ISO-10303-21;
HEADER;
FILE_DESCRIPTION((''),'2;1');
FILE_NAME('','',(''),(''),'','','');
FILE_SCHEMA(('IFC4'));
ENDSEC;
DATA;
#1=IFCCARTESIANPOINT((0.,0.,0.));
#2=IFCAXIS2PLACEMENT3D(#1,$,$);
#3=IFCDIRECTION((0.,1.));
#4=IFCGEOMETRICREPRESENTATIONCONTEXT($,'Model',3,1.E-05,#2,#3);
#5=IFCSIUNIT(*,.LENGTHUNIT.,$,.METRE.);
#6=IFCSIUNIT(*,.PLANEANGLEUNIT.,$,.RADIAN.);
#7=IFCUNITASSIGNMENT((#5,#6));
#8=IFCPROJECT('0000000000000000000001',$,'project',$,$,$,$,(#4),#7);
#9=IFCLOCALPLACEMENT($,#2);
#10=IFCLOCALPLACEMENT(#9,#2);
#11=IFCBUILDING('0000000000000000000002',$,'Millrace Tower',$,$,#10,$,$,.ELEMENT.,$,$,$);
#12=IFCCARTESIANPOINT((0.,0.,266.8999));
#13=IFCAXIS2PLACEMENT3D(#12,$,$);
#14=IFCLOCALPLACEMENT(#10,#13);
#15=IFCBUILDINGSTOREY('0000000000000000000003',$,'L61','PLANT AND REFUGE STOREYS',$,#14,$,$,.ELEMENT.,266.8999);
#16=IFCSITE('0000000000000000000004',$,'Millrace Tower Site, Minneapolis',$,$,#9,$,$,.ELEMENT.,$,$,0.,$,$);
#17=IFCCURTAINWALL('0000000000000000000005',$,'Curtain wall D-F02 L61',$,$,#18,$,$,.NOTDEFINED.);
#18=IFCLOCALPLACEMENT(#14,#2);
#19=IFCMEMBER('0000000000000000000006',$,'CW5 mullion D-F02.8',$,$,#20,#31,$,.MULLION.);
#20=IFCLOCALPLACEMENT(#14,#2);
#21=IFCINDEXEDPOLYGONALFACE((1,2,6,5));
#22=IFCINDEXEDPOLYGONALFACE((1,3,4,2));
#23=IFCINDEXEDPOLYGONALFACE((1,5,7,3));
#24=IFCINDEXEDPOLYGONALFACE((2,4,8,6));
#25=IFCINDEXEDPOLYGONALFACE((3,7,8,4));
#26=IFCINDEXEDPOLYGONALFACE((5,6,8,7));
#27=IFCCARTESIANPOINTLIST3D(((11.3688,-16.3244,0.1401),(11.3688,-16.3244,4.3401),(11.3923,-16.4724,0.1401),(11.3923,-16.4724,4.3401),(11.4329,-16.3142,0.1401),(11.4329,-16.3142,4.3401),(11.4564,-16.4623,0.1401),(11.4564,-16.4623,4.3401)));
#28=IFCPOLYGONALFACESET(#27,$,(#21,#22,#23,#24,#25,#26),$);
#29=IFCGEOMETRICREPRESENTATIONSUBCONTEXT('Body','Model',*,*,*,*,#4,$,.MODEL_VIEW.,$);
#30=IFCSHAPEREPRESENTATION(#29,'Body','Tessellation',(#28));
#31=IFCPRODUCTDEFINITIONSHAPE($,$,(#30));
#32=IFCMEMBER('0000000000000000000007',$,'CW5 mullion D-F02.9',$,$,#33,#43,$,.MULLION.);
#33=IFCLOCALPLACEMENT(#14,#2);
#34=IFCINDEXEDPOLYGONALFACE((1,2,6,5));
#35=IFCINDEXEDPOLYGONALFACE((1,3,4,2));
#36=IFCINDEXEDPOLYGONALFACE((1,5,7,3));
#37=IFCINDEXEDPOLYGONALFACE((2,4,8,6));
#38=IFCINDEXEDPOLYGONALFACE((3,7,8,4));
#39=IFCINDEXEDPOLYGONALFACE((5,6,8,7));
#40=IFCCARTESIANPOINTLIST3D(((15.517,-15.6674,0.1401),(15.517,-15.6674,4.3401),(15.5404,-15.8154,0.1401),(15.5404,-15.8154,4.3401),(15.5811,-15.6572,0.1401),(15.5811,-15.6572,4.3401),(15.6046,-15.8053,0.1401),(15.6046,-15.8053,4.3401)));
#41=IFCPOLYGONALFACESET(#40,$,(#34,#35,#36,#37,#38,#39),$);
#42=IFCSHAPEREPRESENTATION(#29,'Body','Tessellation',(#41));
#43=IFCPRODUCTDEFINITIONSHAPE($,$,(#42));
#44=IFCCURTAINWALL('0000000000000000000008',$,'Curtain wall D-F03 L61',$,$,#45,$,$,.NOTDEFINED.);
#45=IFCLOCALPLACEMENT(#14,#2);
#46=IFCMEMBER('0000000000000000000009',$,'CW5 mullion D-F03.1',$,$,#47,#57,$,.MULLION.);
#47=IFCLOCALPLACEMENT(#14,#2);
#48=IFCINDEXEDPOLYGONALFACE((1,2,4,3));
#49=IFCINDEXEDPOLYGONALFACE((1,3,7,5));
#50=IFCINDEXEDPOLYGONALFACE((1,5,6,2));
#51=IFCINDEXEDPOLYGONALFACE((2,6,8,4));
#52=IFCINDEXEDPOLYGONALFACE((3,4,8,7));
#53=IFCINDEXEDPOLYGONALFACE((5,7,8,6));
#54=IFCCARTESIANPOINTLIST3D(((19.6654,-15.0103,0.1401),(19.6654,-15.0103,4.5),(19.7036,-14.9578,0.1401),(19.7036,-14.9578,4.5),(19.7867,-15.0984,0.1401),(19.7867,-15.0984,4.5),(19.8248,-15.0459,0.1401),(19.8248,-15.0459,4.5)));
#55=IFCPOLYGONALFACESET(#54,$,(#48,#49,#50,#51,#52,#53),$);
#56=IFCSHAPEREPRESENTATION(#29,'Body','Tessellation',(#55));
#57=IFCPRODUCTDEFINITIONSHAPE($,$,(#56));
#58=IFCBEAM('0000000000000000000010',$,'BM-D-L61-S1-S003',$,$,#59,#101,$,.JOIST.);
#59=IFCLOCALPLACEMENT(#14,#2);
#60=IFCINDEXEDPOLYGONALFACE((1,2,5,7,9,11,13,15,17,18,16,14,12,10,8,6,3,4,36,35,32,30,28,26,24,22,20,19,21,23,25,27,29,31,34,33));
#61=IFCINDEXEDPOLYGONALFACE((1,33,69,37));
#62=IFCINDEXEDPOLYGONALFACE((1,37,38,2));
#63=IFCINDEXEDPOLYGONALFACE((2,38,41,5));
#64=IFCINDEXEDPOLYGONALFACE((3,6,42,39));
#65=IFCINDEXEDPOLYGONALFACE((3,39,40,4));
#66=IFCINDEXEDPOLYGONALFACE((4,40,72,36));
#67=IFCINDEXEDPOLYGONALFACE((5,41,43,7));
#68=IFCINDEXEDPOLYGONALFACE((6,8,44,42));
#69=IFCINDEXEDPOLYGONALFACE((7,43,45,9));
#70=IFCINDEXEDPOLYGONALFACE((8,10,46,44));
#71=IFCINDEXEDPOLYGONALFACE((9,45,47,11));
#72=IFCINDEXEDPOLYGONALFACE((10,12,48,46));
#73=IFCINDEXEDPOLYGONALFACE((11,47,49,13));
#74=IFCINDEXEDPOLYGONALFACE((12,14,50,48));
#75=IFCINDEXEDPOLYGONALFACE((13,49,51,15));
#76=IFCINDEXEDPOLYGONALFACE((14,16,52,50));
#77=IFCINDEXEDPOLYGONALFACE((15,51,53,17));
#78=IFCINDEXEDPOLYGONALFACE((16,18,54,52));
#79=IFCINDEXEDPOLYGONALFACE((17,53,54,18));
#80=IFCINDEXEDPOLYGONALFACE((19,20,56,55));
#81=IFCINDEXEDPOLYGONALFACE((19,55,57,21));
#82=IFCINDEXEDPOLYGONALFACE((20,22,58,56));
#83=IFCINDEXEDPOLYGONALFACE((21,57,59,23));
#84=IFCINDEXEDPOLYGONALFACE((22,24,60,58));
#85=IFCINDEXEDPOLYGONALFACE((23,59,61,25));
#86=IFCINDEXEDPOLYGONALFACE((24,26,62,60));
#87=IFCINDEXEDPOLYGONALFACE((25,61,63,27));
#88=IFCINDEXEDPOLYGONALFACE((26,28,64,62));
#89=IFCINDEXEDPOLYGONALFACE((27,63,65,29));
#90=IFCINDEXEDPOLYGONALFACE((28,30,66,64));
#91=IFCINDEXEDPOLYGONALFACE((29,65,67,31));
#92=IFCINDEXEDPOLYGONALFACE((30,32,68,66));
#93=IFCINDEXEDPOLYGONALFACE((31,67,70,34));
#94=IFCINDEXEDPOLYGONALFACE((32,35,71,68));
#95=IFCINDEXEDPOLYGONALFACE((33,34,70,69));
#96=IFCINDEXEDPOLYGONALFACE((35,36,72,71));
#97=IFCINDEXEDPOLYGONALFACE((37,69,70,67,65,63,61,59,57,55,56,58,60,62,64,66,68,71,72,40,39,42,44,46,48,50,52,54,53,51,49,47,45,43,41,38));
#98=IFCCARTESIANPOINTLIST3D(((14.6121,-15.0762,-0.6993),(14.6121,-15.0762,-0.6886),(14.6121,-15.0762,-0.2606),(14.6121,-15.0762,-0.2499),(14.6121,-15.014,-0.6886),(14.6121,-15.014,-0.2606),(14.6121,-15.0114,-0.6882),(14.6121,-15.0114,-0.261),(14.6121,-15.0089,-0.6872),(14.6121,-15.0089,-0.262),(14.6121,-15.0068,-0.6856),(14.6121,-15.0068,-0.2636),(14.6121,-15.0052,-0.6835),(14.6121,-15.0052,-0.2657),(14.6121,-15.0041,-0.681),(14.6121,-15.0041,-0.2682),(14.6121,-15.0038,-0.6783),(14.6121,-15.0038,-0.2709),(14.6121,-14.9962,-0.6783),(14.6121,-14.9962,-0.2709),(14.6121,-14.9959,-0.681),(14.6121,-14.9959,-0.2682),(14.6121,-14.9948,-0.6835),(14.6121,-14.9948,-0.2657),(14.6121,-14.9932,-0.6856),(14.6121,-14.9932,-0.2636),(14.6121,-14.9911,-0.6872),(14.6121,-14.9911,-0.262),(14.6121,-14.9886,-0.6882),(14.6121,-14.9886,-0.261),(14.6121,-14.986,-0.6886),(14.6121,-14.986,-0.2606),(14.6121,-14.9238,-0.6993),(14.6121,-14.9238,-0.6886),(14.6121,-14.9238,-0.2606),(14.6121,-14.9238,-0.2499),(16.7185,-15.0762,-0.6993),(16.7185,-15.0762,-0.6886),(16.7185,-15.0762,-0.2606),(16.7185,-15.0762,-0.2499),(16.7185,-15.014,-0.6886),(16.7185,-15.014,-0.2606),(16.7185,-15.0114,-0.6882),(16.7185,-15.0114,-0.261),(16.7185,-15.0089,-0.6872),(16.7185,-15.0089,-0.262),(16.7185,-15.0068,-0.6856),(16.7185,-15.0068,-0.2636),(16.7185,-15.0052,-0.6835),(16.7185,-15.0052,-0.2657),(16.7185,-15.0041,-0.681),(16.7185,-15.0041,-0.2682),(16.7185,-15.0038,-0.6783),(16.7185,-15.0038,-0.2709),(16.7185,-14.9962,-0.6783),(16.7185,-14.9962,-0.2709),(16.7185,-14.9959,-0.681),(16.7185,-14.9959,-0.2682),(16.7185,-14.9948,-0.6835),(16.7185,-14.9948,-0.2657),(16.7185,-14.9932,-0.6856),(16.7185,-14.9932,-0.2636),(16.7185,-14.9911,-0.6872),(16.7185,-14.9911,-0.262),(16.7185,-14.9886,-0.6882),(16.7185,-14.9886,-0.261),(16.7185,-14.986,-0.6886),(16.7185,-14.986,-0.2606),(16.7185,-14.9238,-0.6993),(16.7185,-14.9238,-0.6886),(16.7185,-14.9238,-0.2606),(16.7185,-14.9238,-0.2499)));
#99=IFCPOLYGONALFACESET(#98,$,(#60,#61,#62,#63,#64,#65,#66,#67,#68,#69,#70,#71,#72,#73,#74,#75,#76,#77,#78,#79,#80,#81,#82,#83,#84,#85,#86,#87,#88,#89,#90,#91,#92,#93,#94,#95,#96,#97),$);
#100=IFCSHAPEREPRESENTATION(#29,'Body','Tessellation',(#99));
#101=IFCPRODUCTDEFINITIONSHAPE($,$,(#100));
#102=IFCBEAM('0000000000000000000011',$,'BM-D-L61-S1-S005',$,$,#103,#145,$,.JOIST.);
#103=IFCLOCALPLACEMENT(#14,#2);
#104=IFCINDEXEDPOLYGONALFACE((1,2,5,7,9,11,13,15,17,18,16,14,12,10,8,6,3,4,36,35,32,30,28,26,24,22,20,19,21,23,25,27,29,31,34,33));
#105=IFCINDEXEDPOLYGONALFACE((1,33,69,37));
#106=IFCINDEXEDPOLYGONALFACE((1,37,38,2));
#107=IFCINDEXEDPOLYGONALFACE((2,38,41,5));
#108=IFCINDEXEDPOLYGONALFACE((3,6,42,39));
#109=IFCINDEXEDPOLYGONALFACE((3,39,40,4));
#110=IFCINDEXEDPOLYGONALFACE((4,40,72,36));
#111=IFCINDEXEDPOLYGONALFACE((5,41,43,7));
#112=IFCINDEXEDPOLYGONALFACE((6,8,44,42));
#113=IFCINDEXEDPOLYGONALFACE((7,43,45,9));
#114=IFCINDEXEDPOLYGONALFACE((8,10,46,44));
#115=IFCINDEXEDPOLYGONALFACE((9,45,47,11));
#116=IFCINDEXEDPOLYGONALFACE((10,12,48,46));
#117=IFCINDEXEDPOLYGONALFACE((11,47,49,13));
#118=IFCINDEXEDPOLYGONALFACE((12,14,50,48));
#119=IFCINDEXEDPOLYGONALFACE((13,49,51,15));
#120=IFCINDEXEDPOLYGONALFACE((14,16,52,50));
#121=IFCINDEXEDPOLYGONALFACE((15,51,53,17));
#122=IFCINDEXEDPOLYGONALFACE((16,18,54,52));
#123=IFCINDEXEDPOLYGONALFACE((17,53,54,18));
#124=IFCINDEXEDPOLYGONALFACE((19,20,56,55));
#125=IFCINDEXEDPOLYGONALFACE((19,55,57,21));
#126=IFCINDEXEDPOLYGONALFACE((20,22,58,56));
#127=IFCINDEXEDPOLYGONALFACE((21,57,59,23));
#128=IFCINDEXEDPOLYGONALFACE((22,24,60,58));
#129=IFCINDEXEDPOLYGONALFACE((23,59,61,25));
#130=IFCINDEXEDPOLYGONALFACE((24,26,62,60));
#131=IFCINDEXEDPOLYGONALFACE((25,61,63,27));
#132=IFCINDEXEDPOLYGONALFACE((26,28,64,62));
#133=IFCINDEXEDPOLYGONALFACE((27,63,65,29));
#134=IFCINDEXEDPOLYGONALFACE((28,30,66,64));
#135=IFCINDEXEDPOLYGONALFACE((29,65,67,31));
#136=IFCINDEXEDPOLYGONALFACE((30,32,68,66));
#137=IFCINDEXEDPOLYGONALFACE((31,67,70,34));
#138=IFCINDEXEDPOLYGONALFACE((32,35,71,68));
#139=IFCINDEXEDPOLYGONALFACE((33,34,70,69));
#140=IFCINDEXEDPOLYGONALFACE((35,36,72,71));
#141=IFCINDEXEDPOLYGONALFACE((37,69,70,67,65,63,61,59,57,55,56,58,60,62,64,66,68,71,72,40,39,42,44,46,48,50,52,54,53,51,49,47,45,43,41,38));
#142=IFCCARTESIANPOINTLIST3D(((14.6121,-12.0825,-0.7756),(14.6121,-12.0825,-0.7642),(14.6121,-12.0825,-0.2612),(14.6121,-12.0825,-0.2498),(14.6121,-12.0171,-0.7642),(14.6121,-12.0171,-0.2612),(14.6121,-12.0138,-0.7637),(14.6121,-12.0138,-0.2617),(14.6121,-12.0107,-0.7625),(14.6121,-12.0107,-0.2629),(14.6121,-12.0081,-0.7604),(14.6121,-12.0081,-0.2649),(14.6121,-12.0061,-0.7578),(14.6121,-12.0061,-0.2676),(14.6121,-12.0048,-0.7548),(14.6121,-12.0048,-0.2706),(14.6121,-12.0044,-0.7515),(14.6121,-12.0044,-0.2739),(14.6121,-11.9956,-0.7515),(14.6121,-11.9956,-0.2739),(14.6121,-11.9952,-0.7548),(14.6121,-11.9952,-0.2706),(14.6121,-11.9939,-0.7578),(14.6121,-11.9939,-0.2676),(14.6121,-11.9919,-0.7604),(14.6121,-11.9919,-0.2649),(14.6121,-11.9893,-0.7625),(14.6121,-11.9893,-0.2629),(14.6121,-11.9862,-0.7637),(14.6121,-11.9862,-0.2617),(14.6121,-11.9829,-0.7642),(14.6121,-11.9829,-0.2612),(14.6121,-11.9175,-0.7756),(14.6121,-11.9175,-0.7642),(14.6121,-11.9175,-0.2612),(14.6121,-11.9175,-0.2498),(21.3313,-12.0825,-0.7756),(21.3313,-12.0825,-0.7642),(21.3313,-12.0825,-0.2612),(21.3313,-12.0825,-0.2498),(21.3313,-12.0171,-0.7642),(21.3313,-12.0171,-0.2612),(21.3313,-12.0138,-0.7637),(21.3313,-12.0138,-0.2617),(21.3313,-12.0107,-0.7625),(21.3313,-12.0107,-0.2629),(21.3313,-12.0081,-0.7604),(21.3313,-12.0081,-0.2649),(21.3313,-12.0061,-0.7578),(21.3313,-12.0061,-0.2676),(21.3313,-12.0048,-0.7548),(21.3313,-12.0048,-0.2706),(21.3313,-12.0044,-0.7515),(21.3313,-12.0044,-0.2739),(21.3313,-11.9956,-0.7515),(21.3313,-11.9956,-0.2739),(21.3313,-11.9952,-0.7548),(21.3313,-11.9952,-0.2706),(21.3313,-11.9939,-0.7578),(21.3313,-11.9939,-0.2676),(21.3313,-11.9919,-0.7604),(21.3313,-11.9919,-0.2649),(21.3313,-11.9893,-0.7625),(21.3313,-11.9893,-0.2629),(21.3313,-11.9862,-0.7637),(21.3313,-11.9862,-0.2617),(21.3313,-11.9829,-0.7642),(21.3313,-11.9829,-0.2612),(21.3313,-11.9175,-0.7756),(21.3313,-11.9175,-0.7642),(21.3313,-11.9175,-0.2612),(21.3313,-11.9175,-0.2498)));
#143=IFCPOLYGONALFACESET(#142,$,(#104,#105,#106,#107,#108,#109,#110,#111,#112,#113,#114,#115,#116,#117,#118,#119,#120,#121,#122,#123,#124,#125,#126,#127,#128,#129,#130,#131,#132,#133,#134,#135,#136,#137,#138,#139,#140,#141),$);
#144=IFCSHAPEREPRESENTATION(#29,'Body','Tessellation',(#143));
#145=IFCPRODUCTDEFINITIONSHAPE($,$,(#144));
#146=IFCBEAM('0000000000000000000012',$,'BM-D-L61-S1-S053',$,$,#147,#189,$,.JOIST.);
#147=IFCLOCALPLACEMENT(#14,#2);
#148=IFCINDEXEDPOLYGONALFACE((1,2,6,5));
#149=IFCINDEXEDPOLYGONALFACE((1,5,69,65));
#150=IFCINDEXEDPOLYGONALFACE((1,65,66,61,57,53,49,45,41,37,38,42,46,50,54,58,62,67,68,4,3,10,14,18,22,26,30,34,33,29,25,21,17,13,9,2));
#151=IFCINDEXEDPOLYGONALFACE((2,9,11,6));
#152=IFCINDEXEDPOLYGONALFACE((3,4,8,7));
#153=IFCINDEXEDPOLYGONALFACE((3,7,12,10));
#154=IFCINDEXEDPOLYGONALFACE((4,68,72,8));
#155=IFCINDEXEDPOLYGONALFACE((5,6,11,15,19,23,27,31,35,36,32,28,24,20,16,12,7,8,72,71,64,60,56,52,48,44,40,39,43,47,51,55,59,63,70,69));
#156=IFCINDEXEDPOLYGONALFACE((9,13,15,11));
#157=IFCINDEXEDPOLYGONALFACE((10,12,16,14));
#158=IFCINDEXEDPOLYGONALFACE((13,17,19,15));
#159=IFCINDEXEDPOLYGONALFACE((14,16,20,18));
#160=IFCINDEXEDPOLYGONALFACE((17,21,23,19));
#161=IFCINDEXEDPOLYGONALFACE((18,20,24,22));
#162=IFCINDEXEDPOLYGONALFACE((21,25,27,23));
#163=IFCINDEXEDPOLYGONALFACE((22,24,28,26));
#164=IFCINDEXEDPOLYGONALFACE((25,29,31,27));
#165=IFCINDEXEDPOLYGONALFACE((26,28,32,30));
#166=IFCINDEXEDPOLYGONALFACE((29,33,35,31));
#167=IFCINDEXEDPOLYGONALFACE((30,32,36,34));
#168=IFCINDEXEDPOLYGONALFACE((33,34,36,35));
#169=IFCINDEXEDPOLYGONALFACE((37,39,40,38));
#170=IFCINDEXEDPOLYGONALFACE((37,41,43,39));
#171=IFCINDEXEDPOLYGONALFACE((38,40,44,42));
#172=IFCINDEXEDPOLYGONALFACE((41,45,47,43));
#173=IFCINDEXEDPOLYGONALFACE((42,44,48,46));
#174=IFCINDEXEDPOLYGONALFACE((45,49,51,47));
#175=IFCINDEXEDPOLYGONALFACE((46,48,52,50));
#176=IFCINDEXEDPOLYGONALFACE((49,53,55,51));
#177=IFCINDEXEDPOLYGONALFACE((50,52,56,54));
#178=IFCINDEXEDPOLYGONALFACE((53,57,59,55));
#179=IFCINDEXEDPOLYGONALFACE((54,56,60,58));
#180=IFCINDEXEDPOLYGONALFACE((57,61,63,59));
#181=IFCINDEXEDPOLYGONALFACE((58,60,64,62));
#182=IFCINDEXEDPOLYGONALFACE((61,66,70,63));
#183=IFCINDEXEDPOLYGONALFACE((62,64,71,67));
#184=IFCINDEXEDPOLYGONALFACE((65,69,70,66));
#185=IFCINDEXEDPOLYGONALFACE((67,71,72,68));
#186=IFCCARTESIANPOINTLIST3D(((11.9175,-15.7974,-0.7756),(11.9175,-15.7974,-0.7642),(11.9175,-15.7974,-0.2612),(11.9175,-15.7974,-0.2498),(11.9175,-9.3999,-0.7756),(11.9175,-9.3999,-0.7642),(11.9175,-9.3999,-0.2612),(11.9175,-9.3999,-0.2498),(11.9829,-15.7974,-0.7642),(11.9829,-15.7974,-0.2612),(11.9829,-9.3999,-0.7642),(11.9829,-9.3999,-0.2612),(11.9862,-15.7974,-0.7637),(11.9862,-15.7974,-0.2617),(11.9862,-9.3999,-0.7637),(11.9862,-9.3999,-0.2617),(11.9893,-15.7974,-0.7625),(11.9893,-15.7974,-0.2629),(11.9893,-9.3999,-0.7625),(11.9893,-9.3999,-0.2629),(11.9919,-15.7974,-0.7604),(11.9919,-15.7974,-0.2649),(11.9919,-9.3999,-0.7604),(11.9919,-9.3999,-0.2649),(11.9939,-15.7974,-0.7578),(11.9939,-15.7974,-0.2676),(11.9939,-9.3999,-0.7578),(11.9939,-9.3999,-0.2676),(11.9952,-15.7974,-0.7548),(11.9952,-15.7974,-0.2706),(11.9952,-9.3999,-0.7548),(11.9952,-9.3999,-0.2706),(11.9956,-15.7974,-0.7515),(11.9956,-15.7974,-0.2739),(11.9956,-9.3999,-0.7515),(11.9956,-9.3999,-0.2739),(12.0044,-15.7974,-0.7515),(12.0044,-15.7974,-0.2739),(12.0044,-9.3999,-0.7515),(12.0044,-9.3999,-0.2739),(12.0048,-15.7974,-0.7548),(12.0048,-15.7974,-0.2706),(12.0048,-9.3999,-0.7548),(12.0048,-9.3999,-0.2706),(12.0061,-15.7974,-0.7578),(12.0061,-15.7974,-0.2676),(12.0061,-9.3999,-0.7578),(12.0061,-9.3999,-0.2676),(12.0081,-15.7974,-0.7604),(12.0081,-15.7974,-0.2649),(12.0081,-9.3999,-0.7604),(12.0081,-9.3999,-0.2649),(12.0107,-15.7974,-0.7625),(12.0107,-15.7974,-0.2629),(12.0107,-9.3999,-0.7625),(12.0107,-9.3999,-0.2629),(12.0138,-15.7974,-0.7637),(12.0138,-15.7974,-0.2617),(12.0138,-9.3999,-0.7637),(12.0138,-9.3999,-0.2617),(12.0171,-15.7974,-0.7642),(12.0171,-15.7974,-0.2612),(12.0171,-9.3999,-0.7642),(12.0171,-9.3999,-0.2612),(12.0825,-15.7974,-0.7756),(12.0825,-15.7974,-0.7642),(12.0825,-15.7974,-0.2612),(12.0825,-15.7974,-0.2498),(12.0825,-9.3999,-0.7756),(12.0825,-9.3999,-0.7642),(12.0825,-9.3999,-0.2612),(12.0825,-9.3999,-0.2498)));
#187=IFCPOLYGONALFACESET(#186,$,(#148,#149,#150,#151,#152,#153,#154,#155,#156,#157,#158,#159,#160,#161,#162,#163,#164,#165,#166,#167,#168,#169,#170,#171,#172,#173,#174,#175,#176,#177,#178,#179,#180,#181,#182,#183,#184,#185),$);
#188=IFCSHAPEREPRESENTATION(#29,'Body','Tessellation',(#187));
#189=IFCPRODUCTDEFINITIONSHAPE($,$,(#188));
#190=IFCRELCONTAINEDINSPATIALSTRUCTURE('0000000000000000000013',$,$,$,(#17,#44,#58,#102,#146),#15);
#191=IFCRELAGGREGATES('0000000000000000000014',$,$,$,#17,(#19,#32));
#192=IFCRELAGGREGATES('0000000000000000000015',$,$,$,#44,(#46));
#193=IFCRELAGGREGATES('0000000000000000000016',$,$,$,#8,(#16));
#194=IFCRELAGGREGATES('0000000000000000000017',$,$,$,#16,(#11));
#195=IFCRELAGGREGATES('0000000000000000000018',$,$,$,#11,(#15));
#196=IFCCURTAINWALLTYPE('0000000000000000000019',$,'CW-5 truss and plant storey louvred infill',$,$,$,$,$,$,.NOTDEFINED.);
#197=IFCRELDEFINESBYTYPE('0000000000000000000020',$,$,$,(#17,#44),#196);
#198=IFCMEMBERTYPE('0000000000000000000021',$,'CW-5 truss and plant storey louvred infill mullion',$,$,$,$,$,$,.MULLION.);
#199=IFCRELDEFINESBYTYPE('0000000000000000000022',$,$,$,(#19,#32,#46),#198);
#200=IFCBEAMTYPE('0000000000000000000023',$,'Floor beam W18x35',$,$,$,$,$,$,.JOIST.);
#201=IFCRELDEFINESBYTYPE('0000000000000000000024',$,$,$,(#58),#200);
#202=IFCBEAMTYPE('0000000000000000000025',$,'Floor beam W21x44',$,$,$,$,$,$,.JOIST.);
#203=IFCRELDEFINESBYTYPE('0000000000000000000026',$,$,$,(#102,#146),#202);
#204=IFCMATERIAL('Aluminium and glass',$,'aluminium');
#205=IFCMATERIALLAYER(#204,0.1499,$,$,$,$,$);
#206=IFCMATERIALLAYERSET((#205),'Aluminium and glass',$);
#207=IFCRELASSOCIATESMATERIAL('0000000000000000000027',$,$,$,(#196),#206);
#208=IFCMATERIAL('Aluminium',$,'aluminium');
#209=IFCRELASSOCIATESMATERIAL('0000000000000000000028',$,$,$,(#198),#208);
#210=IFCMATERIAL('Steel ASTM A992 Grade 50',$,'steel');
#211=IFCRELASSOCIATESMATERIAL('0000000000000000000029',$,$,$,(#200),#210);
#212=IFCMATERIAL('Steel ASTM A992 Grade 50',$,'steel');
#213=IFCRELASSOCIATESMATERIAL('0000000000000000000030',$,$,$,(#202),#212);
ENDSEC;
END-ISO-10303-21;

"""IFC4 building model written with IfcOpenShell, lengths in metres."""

from ifc_helpers import new_model, si_unit, direction, frame, origin, origin_2d, place, context, subcontext, project, spatial, rectangle, i_section, extrude, material, layer, layer_set, material_profile, profile_set, type_object, element, aggregate, save


model = new_model("IFC4")

# Units and contexts
model_context = context("Model", 3, precision=1e-05, world=origin(), true_north=direction((0.0, 1.0)))
body_context = subcontext(model_context, "Body", "Model", "MODEL_VIEW")
ifc_project = project(units=[si_unit("LENGTHUNIT", "METRE"), si_unit("PLANEANGLEUNIT", "RADIAN")], contexts=[model_context])

# Site, building, storey
site_placement = place(None, origin())
site = spatial("IfcSite", under=ifc_project, at=site_placement, Name="Millrace Tower Site, Minneapolis", CompositionType="ELEMENT", RefElevation=0.0)
building_placement = place(site_placement, origin())
building = spatial("IfcBuilding", under=site, at=building_placement, Name="Millrace Tower", CompositionType="ELEMENT")
storey_placement = place(building_placement, frame((0.0, 0.0, 266.8999)))
storey = spatial("IfcBuildingStorey", under=building, at=storey_placement, Name="L61", Description="PLANT AND REFUGE STOREYS", CompositionType="ELEMENT", Elevation=266.8999)

# Curtain wall, members
ifc_material_1 = material(Name="Aluminium and glass", Category="aluminium")
ifc_layer_1 = layer(ifc_material_1, 0.1499)
ifc_layer_set_1 = layer_set([ifc_layer_1], Name="Aluminium and glass")
curtain_wall_type = type_object("IfcCurtainWallType", Name="CW-5 truss and plant storey louvred infill", PredefinedType="NOTDEFINED", material=ifc_layer_set_1)
placement = place(storey_placement, origin())
curtain_wall_1 = element("IfcCurtainWall", 1, at=placement, inside=storey, type_object=curtain_wall_type, Name="Curtain wall D-F02 L61", PredefinedType="NOTDEFINED")
ifc_material_2 = material(Name="Aluminium", Category="aluminium")
ifc_material_profile_1 = material_profile(ifc_material_2, rectangle(XDim=0.0649, YDim=0.1499, at=origin_2d()))
ifc_profile_set_1 = profile_set([ifc_material_profile_1], Name="Aluminium")
member_type_1 = type_object("IfcMemberType", Name="CW-5 truss and plant storey louvred infill mullion", PredefinedType="MULLION", material=ifc_profile_set_1)
member_1_placement = place(storey_placement, frame((11.4126, -16.3933, 0.1401), z_axis=(0.0, 0.0, 1.0), x_axis=(0.987688, 0.156434, 0.0)))
member_1 = element("IfcMember", 2, at=member_1_placement, type_object=member_type_1, Name="CW5 mullion D-F02.8", PredefinedType="MULLION", context=body_context, shape_type="SweptSolid", body=[
    extrude(rectangle(XDim=0.0649, YDim=0.1499, at=origin_2d()), origin(), (0.0, 0.0, 1.0), 4.2),
])
member_2_placement = place(storey_placement, frame((15.5608, -15.7363, 0.1401), z_axis=(0.0, 0.0, 1.0), x_axis=(0.987688, 0.156434, 0.0)))
member_2 = element("IfcMember", 3, at=member_2_placement, type_object=member_type_1, Name="CW5 mullion D-F02.9", PredefinedType="MULLION", context=body_context, shape_type="SweptSolid", body=[
    extrude(rectangle(XDim=0.0649, YDim=0.1499, at=origin_2d()), origin(), (0.0, 0.0, 1.0), 4.2),
])
aggregate(curtain_wall_1, [member_1, member_2])

# Curtain wall, member
curtain_wall_2 = element("IfcCurtainWall", 4, at=placement, inside=storey, type_object=curtain_wall_type, Name="Curtain wall D-F03 L61", PredefinedType="NOTDEFINED")
member_3_placement = place(storey_placement, frame((19.7451, -15.0281, 0.1401), z_axis=(0.0, 0.0, 1.0), x_axis=(0.587785, 0.809017, 0.0)))
member_3 = element("IfcMember", 5, at=member_3_placement, type_object=member_type_1, Name="CW5 mullion D-F03.1", PredefinedType="MULLION", context=body_context, shape_type="SweptSolid", body=[
    extrude(rectangle(XDim=0.0649, YDim=0.1499, at=origin_2d()), origin(), (0.0, 0.0, 1.0), 4.3599),
])
aggregate(curtain_wall_2, [member_3])

# Beams
ifc_material_3 = material(Name="Steel ASTM A992 Grade 50", Category="steel")
ifc_material_profile_2 = material_profile(ifc_material_3, i_section(OverallWidth=0.1523, OverallDepth=0.4495, WebThickness=0.0076, FlangeThickness=0.0107, FilletRadius=0.0103, at=origin_2d()))
ifc_profile_set_2 = profile_set([ifc_material_profile_2], Name="Steel ASTM A992 Grade 50")
beam_type_1 = type_object("IfcBeamType", Name="Floor beam W18x35", PredefinedType="JOIST", material=ifc_profile_set_2)
beam_1_placement = place(storey_placement, frame((14.6121, -15.0, -0.4746), z_axis=(1.0, 0.0, 0.0), x_axis=(0.0, 1.0, 0.0)))
element("IfcBeam", 6, at=beam_1_placement, inside=storey, type_object=beam_type_1, Name="BM-D-L61-S1-S003", PredefinedType="JOIST", context=body_context, shape_type="SweptSolid", body=[
    extrude(i_section(OverallWidth=0.1523, OverallDepth=0.4495, WebThickness=0.0076, FlangeThickness=0.0107, FilletRadius=0.0103, at=origin_2d()), origin(), (0.0, 0.0, 1.0), 2.1064),
])
ifc_material_4 = material(Name="Steel ASTM A992 Grade 50", Category="steel")
ifc_material_profile_3 = material_profile(ifc_material_4, i_section(OverallWidth=0.165, OverallDepth=0.5259, WebThickness=0.0088, FlangeThickness=0.0115, FilletRadius=0.0127, at=origin_2d()))
ifc_profile_set_3 = profile_set([ifc_material_profile_3], Name="Steel ASTM A992 Grade 50")
beam_type_2 = type_object("IfcBeamType", Name="Floor beam W21x44", PredefinedType="JOIST", material=ifc_profile_set_3)
beam_2_placement = place(storey_placement, frame((14.6121, -12.0, -0.5127), z_axis=(1.0, 0.0, 0.0), x_axis=(0.0, 1.0, 0.0)))
element("IfcBeam", 7, at=beam_2_placement, inside=storey, type_object=beam_type_2, Name="BM-D-L61-S1-S005", PredefinedType="JOIST", context=body_context, shape_type="SweptSolid", body=[
    extrude(i_section(OverallWidth=0.165, OverallDepth=0.5259, WebThickness=0.0088, FlangeThickness=0.0115, FilletRadius=0.0127, at=origin_2d()), origin(), (0.0, 0.0, 1.0), 6.7192),
])
beam_3_placement = place(storey_placement, frame((12.0, -15.7974, -0.5127), z_axis=(0.0, 1.0, 0.0), x_axis=(-1.0, 0.0, 0.0)))
element("IfcBeam", 8, at=beam_3_placement, inside=storey, type_object=beam_type_2, Name="BM-D-L61-S1-S053", PredefinedType="JOIST", context=body_context, shape_type="SweptSolid", body=[
    extrude(i_section(OverallWidth=0.165, OverallDepth=0.5259, WebThickness=0.0088, FlangeThickness=0.0115, FilletRadius=0.0127, at=origin_2d()), origin(), (0.0, 0.0, 1.0), 6.3975),
])

save(model, "model.ifc")
